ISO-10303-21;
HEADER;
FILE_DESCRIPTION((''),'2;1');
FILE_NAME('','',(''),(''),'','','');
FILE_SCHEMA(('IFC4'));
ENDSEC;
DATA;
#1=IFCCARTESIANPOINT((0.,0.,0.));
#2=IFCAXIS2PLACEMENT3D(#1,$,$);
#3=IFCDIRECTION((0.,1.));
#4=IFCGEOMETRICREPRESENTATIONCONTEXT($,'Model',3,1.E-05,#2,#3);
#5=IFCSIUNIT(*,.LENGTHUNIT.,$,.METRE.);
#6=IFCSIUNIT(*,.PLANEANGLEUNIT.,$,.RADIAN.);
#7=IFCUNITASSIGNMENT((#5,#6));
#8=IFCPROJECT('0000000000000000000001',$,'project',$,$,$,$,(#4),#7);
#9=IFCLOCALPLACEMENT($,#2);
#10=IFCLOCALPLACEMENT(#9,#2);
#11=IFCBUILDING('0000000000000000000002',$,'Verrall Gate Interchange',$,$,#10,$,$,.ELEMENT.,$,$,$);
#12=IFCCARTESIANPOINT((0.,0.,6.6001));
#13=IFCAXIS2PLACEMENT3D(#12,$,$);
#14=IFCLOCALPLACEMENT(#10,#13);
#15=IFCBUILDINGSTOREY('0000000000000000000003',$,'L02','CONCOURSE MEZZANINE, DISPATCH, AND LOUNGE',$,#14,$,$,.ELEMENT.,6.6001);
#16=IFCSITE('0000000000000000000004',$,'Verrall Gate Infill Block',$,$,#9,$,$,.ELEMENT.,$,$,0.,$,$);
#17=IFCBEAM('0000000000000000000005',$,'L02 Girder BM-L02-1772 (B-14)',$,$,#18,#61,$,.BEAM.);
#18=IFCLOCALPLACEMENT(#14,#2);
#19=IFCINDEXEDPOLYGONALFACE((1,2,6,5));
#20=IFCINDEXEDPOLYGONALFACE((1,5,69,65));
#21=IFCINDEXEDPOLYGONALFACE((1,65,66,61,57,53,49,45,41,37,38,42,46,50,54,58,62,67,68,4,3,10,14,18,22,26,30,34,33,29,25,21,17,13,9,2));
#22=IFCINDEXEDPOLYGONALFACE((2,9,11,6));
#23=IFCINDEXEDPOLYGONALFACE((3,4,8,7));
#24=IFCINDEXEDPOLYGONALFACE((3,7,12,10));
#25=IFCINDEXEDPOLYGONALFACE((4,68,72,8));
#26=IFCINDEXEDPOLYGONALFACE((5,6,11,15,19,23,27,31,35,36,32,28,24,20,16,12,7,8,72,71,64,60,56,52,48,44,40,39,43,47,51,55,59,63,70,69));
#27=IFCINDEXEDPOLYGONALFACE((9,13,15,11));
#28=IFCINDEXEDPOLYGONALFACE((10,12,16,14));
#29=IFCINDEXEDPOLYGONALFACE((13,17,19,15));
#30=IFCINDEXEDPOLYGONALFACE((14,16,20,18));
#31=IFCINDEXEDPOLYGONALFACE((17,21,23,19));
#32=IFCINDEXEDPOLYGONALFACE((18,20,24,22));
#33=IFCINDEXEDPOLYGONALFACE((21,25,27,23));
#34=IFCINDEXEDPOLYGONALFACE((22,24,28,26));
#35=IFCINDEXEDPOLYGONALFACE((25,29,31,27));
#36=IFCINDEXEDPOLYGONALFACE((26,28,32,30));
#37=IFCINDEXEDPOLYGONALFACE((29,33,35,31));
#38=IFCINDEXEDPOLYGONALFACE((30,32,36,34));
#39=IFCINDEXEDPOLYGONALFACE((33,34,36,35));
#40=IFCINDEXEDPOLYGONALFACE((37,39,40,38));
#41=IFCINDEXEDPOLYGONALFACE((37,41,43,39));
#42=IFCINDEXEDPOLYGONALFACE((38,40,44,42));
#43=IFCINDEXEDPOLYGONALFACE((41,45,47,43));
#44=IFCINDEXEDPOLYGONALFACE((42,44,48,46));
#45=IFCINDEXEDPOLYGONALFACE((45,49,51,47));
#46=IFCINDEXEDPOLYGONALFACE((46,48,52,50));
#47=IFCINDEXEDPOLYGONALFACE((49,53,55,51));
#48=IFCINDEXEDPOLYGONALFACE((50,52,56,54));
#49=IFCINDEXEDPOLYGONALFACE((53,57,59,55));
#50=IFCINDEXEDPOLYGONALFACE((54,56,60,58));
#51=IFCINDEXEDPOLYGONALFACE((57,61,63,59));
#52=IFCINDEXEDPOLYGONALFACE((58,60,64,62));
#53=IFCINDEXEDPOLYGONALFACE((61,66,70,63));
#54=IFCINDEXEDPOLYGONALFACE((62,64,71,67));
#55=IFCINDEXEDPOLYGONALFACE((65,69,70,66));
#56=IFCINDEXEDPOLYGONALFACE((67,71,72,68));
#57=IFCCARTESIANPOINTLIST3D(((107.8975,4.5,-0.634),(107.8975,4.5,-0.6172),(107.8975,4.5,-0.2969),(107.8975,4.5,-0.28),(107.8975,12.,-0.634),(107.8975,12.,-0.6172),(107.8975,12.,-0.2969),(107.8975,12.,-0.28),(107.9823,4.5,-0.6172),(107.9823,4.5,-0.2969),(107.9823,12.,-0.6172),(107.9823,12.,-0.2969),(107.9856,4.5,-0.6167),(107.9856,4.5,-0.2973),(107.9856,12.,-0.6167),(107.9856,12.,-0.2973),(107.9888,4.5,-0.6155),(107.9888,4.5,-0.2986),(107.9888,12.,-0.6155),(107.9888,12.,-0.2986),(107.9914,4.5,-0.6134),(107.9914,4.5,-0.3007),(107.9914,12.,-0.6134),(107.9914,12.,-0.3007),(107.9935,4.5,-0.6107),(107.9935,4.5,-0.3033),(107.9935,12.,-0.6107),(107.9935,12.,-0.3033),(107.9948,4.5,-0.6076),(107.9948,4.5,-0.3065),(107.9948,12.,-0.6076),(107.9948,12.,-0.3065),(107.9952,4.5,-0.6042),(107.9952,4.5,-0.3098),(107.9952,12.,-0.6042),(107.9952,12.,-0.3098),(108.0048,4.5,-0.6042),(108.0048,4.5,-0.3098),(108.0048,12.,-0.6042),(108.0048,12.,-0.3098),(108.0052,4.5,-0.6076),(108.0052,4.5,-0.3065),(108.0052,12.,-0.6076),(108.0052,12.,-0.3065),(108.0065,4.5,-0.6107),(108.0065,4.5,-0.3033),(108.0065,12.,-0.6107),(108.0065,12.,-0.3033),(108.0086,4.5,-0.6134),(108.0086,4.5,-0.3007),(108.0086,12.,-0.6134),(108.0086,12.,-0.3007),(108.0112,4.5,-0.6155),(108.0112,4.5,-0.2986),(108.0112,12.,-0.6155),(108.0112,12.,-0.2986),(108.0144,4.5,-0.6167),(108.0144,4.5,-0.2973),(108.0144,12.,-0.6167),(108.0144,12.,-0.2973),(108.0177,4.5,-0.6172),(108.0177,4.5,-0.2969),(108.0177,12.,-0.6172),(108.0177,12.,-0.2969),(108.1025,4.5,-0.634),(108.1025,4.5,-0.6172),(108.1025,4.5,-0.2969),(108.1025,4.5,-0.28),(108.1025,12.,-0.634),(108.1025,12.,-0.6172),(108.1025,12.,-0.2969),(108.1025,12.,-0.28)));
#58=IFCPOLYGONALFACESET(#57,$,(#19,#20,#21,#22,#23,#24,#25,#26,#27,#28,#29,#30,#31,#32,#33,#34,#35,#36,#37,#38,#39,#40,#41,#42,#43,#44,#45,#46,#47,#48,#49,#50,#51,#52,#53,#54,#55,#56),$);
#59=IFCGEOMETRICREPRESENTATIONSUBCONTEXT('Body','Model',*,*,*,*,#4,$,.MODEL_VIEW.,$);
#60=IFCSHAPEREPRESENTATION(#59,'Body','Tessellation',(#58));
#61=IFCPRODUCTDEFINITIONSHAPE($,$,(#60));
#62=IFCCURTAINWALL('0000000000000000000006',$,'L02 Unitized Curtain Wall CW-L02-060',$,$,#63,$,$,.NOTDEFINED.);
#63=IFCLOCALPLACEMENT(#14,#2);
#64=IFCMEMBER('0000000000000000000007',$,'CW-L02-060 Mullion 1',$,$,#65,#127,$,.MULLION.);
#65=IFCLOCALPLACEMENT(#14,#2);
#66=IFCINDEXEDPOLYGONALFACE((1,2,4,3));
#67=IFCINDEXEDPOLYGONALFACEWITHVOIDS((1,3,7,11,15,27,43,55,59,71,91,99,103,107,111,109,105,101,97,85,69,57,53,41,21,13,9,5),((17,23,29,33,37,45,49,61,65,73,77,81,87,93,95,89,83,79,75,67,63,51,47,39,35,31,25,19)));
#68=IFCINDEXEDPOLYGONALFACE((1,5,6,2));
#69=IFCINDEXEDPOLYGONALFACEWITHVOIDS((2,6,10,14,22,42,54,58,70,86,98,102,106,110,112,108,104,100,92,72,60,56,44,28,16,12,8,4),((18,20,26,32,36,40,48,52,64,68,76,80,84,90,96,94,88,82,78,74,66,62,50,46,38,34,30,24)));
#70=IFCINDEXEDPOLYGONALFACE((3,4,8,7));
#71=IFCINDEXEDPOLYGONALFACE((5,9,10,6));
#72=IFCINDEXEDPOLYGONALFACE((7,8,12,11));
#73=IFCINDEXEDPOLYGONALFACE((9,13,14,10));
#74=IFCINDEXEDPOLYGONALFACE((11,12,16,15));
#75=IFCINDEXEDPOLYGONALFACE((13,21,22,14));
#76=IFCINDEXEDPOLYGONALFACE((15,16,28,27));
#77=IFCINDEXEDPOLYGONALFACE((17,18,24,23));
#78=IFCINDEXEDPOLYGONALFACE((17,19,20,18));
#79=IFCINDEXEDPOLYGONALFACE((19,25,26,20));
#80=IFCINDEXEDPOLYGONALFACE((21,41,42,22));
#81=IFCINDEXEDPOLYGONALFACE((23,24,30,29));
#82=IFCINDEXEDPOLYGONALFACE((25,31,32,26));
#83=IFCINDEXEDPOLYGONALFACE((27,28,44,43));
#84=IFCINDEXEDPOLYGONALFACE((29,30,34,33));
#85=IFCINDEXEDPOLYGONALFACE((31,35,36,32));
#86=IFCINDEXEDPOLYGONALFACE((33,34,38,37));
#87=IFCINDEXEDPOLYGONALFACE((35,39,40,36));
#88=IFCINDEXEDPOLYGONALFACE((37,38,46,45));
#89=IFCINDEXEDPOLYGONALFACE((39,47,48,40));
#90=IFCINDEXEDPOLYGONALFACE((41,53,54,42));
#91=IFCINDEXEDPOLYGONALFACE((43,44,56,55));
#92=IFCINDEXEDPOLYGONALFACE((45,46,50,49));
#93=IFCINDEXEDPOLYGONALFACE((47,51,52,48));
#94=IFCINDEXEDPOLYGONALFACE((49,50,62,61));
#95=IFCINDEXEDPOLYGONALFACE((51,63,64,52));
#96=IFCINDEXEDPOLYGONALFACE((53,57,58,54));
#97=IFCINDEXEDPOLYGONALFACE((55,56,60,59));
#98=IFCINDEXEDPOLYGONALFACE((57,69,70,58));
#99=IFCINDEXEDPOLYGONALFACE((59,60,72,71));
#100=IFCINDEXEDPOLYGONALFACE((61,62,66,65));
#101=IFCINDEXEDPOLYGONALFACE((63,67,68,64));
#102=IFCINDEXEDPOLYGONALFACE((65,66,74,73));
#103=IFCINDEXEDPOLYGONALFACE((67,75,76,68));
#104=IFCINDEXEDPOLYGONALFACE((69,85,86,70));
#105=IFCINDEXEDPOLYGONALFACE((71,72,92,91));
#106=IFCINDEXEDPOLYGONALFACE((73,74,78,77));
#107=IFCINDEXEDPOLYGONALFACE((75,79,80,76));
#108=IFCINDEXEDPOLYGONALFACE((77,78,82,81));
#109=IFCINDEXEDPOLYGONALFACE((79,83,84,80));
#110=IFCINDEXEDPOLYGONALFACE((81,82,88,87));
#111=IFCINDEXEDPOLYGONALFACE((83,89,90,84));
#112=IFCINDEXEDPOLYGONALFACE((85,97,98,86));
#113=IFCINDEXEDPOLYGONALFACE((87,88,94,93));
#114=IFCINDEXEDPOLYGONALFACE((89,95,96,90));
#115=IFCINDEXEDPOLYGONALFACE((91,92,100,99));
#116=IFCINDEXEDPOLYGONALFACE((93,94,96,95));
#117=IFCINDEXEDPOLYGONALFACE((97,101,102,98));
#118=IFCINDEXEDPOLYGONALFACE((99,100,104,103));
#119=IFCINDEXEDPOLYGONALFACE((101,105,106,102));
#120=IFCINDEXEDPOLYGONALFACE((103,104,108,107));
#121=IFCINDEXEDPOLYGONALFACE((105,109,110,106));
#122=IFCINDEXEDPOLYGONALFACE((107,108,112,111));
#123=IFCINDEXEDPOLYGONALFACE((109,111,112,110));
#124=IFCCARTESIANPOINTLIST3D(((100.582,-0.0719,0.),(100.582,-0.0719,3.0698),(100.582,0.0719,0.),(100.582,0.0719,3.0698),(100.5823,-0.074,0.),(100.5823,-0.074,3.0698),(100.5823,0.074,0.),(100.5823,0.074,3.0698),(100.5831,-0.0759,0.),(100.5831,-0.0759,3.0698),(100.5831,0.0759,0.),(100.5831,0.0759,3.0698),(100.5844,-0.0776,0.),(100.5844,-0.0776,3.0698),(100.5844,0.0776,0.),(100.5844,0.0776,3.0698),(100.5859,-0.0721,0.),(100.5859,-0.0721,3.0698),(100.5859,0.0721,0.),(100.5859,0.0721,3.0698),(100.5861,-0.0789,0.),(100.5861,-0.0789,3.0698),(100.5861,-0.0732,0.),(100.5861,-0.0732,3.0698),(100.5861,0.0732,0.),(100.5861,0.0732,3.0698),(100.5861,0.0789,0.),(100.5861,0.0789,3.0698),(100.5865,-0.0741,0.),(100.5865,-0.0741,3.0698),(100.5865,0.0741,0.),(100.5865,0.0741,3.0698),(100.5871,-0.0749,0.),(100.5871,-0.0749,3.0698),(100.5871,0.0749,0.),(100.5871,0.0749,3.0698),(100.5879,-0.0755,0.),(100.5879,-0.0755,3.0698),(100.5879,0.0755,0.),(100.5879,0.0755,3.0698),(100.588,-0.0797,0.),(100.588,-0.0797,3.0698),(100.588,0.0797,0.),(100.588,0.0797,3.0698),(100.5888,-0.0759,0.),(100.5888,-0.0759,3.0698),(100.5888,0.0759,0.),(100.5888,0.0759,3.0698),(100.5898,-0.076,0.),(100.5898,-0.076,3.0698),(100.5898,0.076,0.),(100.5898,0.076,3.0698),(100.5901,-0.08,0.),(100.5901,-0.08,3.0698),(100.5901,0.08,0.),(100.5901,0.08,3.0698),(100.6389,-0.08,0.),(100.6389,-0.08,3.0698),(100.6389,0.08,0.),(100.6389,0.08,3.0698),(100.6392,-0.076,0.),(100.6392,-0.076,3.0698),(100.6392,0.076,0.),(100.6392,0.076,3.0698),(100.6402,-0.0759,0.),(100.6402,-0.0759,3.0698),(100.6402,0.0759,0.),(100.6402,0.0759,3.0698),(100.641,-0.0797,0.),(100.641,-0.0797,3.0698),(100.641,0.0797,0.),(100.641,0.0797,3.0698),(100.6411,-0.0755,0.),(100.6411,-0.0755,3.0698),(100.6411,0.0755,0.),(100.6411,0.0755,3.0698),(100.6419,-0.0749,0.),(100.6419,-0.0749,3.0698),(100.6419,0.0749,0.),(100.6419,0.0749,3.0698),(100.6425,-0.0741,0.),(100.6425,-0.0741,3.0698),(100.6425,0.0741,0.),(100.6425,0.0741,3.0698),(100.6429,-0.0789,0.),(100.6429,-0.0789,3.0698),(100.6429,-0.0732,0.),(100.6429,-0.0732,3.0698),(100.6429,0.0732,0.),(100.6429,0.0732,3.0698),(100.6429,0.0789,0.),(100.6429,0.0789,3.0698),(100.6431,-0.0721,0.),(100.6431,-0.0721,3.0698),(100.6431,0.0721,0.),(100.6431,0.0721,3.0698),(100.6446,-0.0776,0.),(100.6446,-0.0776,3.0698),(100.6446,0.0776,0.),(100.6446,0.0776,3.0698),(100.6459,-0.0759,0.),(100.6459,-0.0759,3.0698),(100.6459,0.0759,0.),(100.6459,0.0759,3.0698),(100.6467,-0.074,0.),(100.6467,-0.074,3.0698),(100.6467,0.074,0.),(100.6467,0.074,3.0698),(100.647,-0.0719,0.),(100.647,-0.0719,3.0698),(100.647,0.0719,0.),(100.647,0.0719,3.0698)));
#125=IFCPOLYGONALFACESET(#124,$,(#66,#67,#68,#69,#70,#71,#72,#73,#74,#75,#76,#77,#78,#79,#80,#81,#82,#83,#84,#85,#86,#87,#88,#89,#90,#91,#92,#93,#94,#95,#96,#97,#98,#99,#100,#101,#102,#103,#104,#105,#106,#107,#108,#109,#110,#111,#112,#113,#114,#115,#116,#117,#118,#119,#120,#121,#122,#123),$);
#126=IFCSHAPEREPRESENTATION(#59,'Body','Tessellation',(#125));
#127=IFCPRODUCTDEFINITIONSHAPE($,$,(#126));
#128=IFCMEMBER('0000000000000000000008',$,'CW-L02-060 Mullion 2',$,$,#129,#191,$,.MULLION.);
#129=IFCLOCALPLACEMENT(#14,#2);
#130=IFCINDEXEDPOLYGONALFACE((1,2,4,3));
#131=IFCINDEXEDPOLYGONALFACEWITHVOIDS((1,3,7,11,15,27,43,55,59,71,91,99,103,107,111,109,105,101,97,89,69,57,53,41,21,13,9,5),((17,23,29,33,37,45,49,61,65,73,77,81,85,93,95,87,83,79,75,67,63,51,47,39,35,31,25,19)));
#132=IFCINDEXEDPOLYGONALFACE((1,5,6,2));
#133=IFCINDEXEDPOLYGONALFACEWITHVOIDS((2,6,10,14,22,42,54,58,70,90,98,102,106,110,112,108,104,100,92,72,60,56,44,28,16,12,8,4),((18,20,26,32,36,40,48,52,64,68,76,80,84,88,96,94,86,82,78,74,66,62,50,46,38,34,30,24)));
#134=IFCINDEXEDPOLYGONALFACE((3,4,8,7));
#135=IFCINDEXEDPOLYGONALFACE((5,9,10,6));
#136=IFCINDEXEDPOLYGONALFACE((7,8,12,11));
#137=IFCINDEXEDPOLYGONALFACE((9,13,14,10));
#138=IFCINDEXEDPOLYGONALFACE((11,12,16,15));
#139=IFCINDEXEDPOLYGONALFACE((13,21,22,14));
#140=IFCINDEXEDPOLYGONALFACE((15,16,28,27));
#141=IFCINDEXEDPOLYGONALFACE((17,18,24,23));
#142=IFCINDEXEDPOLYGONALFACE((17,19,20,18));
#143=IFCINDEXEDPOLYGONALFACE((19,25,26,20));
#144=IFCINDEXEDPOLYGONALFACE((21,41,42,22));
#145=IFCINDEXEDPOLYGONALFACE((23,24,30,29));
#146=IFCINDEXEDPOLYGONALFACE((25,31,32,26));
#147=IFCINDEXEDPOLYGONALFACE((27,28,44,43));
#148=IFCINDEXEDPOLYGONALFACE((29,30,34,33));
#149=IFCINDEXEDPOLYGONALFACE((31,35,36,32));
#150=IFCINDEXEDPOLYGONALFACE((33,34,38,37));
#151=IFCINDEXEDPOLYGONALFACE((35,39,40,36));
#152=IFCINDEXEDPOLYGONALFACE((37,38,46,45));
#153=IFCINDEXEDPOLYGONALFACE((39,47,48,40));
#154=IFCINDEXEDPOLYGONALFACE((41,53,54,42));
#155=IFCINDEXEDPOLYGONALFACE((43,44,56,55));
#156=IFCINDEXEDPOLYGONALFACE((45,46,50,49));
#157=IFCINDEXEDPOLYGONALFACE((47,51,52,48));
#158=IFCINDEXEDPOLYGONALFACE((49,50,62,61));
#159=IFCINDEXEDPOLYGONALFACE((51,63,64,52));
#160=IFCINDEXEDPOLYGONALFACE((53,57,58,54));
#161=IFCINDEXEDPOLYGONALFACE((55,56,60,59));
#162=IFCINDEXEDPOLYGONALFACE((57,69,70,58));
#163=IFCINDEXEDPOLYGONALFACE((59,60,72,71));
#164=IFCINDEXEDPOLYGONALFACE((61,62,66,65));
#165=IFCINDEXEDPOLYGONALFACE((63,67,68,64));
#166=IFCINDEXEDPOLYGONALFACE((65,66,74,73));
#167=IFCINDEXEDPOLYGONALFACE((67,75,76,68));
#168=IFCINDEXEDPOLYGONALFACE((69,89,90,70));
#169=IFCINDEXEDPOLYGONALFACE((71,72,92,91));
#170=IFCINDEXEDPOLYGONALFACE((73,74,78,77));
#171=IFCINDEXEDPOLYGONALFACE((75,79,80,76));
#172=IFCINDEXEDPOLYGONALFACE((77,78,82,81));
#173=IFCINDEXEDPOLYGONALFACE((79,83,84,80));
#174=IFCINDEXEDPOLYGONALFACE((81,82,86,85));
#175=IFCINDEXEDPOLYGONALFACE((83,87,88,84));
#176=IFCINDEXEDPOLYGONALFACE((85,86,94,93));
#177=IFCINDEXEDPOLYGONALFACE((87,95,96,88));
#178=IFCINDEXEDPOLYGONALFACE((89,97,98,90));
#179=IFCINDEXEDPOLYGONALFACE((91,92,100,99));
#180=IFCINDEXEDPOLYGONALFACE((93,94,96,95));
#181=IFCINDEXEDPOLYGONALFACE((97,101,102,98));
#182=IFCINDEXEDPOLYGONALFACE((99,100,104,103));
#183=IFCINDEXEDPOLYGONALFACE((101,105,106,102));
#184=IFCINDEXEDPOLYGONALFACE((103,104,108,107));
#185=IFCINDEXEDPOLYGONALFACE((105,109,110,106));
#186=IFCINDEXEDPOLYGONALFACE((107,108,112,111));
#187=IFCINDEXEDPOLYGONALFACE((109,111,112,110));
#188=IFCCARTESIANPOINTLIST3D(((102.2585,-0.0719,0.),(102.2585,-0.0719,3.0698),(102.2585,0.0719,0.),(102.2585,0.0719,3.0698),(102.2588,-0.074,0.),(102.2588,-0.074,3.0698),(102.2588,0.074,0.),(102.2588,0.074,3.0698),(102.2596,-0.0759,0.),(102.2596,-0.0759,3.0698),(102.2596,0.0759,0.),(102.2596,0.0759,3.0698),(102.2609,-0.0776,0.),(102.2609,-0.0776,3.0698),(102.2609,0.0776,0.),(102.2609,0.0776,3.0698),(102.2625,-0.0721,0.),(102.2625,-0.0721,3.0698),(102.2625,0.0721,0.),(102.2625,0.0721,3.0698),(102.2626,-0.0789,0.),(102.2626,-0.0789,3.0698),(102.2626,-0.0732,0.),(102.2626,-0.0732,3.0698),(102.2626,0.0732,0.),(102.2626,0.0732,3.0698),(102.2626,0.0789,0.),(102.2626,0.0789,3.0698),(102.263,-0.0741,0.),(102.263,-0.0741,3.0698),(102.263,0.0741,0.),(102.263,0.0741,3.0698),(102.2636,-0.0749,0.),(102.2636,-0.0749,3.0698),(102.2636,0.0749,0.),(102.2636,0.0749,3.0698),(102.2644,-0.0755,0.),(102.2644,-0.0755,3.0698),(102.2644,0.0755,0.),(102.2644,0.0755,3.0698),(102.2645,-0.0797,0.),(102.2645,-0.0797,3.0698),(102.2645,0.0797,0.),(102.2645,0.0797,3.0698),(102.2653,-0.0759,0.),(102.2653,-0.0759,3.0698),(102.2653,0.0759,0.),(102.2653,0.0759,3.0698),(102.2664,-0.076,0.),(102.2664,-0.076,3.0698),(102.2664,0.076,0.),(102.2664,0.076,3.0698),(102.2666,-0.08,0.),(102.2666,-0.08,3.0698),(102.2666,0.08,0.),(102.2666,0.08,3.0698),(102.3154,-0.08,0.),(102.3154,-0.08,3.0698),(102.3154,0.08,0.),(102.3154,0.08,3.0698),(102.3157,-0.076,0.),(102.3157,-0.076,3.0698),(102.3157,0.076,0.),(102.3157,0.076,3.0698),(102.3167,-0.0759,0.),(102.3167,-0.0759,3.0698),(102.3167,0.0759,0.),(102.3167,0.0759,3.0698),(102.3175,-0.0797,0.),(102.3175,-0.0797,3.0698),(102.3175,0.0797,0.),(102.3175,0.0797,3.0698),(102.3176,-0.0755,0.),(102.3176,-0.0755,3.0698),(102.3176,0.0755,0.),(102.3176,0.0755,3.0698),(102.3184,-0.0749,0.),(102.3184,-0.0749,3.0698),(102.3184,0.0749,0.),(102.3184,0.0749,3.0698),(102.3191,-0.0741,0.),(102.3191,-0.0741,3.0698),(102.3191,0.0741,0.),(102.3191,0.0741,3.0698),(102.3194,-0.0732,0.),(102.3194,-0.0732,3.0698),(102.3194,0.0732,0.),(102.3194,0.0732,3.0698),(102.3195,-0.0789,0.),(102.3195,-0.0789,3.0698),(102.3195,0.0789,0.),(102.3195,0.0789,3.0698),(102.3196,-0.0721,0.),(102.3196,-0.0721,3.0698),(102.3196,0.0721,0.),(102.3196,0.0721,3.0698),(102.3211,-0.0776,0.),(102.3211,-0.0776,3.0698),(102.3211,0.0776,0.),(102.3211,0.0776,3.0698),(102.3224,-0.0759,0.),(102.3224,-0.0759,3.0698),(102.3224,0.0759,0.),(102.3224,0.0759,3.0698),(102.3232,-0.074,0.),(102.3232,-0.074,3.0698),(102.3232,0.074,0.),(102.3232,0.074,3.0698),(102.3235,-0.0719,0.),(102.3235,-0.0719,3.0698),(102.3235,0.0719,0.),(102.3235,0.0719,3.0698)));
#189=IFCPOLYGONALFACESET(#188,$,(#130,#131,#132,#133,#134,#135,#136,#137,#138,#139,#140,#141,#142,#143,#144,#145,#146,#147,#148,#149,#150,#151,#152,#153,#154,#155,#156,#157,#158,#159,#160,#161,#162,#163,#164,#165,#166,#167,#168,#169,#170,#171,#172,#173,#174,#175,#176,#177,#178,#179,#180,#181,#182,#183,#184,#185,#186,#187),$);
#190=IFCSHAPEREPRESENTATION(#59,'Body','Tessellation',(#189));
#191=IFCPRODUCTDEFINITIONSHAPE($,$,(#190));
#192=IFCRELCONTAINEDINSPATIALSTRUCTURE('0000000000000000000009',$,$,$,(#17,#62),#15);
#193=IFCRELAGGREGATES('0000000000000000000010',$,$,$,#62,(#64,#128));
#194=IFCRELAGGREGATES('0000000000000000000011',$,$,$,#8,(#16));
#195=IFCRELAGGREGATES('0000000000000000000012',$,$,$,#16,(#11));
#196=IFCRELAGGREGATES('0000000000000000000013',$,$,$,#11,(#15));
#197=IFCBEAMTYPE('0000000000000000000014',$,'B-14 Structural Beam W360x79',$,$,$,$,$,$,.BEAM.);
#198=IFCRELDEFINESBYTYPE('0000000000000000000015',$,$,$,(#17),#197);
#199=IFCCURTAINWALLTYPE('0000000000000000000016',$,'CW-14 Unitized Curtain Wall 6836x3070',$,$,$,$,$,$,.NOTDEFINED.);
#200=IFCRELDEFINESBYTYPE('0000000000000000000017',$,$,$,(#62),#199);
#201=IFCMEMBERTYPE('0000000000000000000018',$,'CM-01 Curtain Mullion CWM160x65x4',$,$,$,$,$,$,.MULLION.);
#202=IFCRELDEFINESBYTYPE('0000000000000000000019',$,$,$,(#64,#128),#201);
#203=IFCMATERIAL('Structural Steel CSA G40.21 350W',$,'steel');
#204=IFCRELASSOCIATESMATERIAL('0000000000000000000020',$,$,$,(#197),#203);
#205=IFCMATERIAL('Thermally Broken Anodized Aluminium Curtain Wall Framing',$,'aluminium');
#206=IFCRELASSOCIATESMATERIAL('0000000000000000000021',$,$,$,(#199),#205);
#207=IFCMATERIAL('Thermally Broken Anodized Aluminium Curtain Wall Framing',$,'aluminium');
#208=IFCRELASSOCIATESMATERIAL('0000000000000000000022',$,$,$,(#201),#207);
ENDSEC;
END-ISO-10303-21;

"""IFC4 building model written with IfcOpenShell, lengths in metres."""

from ifc_helpers import new_model, si_unit, direction, frame, origin, origin_2d, place, context, subcontext, project, spatial, hollow_rectangle, i_section, extrude, material, material_profile, profile_set, type_object, element, aggregate, save


model = new_model("IFC4")

# Units and contexts
model_context = context("Model", 3, precision=1e-05, world=origin(), true_north=direction((0.0, 1.0)))
body_context = subcontext(model_context, "Body", "Model", "MODEL_VIEW")
ifc_project = project(units=[si_unit("LENGTHUNIT", "METRE"), si_unit("PLANEANGLEUNIT", "RADIAN")], contexts=[model_context])

# Site, building, storey
site_placement = place(None, origin())
site = spatial("IfcSite", under=ifc_project, at=site_placement, Name="Verrall Gate Infill Block", CompositionType="ELEMENT", RefElevation=0.0)
building_placement = place(site_placement, origin())
building = spatial("IfcBuilding", under=site, at=building_placement, Name="Verrall Gate Interchange", CompositionType="ELEMENT")
storey_placement = place(building_placement, frame((0.0, 0.0, 6.6001)))
storey = spatial("IfcBuildingStorey", under=building, at=storey_placement, Name="L02", Description="CONCOURSE MEZZANINE, DISPATCH, AND LOUNGE", CompositionType="ELEMENT", Elevation=6.6001)

# Beam
ifc_material_1 = material(Name="Structural Steel CSA G40.21 350W", Category="steel")
ifc_material_profile_1 = material_profile(ifc_material_1, i_section(OverallWidth=0.2051, OverallDepth=0.354, WebThickness=0.0095, FlangeThickness=0.0168, FilletRadius=0.0129, at=origin_2d()), Name="W360x79")
ifc_profile_set_1 = profile_set([ifc_material_profile_1], Name="Structural Steel CSA G40.21 350W")
beam_type_1 = type_object("IfcBeamType", Name="B-14 Structural Beam W360x79", PredefinedType="BEAM", material=ifc_profile_set_1)
beam_1_placement = place(storey_placement, frame((108.0, 4.5, -0.457), z_axis=(0.0, 1.0, 0.0), x_axis=(-1.0, 0.0, 0.0)))
element("IfcBeam", 1, at=beam_1_placement, inside=storey, type_object=beam_type_1, Name="L02 Girder BM-L02-1772 (B-14)", PredefinedType="BEAM", context=body_context, shape_type="SweptSolid", body=[
    extrude(i_section(OverallWidth=0.2051, OverallDepth=0.354, WebThickness=0.0095, FlangeThickness=0.0168, FilletRadius=0.0129, at=origin_2d()), origin(), (0.0, 0.0, 1.0), 7.5),
])

# Curtain wall, members
ifc_material_2 = material(Name="Thermally Broken Anodized Aluminium Curtain Wall Framing", Category="aluminium")
curtain_wall_type_1 = type_object("IfcCurtainWallType", Name="CW-14 Unitized Curtain Wall 6836x3070", PredefinedType="NOTDEFINED", material=ifc_material_2)
curtain_wall_1_placement = place(storey_placement, origin())
curtain_wall_1 = element("IfcCurtainWall", 2, at=curtain_wall_1_placement, inside=storey, type_object=curtain_wall_type_1, Name="L02 Unitized Curtain Wall CW-L02-060", PredefinedType="NOTDEFINED")
ifc_material_3 = material(Name="Thermally Broken Anodized Aluminium Curtain Wall Framing", Category="aluminium")
ifc_material_profile_2 = material_profile(ifc_material_3, hollow_rectangle(XDim=0.0649, YDim=0.1599, WallThickness=0.0039, InnerFilletRadius=0.0039, OuterFilletRadius=0.0081, at=origin_2d()), Name="CWM160x65x4")
ifc_profile_set_2 = profile_set([ifc_material_profile_2], Name="Thermally Broken Anodized Aluminium Curtain Wall Framing")
member_type_1 = type_object("IfcMemberType", Name="CM-01 Curtain Mullion CWM160x65x4", PredefinedType="MULLION", material=ifc_profile_set_2)
member_1_placement = place(storey_placement, frame((100.6145, 0.0, 0.0), z_axis=(0.0, 0.0, 1.0), x_axis=(1.0, 0.0, 0.0)))
member_1 = element("IfcMember", 3, at=member_1_placement, type_object=member_type_1, Name="CW-L02-060 Mullion 1", PredefinedType="MULLION", context=body_context, shape_type="SweptSolid", body=[
    extrude(hollow_rectangle(XDim=0.0649, YDim=0.1599, WallThickness=0.0039, InnerFilletRadius=0.0039, OuterFilletRadius=0.0081, at=origin_2d()), origin(), (0.0, 0.0, 1.0), 3.0698),
])
member_2_placement = place(storey_placement, frame((102.291, 0.0, 0.0), z_axis=(0.0, 0.0, 1.0), x_axis=(1.0, 0.0, 0.0)))
member_2 = element("IfcMember", 4, at=member_2_placement, type_object=member_type_1, Name="CW-L02-060 Mullion 2", PredefinedType="MULLION", context=body_context, shape_type="SweptSolid", body=[
    extrude(hollow_rectangle(XDim=0.0649, YDim=0.1599, WallThickness=0.0039, InnerFilletRadius=0.0039, OuterFilletRadius=0.0081, at=origin_2d()), origin(), (0.0, 0.0, 1.0), 3.0698),
])

aggregate(curtain_wall_1, [member_1, member_2])

save(model, "model.ifc")
